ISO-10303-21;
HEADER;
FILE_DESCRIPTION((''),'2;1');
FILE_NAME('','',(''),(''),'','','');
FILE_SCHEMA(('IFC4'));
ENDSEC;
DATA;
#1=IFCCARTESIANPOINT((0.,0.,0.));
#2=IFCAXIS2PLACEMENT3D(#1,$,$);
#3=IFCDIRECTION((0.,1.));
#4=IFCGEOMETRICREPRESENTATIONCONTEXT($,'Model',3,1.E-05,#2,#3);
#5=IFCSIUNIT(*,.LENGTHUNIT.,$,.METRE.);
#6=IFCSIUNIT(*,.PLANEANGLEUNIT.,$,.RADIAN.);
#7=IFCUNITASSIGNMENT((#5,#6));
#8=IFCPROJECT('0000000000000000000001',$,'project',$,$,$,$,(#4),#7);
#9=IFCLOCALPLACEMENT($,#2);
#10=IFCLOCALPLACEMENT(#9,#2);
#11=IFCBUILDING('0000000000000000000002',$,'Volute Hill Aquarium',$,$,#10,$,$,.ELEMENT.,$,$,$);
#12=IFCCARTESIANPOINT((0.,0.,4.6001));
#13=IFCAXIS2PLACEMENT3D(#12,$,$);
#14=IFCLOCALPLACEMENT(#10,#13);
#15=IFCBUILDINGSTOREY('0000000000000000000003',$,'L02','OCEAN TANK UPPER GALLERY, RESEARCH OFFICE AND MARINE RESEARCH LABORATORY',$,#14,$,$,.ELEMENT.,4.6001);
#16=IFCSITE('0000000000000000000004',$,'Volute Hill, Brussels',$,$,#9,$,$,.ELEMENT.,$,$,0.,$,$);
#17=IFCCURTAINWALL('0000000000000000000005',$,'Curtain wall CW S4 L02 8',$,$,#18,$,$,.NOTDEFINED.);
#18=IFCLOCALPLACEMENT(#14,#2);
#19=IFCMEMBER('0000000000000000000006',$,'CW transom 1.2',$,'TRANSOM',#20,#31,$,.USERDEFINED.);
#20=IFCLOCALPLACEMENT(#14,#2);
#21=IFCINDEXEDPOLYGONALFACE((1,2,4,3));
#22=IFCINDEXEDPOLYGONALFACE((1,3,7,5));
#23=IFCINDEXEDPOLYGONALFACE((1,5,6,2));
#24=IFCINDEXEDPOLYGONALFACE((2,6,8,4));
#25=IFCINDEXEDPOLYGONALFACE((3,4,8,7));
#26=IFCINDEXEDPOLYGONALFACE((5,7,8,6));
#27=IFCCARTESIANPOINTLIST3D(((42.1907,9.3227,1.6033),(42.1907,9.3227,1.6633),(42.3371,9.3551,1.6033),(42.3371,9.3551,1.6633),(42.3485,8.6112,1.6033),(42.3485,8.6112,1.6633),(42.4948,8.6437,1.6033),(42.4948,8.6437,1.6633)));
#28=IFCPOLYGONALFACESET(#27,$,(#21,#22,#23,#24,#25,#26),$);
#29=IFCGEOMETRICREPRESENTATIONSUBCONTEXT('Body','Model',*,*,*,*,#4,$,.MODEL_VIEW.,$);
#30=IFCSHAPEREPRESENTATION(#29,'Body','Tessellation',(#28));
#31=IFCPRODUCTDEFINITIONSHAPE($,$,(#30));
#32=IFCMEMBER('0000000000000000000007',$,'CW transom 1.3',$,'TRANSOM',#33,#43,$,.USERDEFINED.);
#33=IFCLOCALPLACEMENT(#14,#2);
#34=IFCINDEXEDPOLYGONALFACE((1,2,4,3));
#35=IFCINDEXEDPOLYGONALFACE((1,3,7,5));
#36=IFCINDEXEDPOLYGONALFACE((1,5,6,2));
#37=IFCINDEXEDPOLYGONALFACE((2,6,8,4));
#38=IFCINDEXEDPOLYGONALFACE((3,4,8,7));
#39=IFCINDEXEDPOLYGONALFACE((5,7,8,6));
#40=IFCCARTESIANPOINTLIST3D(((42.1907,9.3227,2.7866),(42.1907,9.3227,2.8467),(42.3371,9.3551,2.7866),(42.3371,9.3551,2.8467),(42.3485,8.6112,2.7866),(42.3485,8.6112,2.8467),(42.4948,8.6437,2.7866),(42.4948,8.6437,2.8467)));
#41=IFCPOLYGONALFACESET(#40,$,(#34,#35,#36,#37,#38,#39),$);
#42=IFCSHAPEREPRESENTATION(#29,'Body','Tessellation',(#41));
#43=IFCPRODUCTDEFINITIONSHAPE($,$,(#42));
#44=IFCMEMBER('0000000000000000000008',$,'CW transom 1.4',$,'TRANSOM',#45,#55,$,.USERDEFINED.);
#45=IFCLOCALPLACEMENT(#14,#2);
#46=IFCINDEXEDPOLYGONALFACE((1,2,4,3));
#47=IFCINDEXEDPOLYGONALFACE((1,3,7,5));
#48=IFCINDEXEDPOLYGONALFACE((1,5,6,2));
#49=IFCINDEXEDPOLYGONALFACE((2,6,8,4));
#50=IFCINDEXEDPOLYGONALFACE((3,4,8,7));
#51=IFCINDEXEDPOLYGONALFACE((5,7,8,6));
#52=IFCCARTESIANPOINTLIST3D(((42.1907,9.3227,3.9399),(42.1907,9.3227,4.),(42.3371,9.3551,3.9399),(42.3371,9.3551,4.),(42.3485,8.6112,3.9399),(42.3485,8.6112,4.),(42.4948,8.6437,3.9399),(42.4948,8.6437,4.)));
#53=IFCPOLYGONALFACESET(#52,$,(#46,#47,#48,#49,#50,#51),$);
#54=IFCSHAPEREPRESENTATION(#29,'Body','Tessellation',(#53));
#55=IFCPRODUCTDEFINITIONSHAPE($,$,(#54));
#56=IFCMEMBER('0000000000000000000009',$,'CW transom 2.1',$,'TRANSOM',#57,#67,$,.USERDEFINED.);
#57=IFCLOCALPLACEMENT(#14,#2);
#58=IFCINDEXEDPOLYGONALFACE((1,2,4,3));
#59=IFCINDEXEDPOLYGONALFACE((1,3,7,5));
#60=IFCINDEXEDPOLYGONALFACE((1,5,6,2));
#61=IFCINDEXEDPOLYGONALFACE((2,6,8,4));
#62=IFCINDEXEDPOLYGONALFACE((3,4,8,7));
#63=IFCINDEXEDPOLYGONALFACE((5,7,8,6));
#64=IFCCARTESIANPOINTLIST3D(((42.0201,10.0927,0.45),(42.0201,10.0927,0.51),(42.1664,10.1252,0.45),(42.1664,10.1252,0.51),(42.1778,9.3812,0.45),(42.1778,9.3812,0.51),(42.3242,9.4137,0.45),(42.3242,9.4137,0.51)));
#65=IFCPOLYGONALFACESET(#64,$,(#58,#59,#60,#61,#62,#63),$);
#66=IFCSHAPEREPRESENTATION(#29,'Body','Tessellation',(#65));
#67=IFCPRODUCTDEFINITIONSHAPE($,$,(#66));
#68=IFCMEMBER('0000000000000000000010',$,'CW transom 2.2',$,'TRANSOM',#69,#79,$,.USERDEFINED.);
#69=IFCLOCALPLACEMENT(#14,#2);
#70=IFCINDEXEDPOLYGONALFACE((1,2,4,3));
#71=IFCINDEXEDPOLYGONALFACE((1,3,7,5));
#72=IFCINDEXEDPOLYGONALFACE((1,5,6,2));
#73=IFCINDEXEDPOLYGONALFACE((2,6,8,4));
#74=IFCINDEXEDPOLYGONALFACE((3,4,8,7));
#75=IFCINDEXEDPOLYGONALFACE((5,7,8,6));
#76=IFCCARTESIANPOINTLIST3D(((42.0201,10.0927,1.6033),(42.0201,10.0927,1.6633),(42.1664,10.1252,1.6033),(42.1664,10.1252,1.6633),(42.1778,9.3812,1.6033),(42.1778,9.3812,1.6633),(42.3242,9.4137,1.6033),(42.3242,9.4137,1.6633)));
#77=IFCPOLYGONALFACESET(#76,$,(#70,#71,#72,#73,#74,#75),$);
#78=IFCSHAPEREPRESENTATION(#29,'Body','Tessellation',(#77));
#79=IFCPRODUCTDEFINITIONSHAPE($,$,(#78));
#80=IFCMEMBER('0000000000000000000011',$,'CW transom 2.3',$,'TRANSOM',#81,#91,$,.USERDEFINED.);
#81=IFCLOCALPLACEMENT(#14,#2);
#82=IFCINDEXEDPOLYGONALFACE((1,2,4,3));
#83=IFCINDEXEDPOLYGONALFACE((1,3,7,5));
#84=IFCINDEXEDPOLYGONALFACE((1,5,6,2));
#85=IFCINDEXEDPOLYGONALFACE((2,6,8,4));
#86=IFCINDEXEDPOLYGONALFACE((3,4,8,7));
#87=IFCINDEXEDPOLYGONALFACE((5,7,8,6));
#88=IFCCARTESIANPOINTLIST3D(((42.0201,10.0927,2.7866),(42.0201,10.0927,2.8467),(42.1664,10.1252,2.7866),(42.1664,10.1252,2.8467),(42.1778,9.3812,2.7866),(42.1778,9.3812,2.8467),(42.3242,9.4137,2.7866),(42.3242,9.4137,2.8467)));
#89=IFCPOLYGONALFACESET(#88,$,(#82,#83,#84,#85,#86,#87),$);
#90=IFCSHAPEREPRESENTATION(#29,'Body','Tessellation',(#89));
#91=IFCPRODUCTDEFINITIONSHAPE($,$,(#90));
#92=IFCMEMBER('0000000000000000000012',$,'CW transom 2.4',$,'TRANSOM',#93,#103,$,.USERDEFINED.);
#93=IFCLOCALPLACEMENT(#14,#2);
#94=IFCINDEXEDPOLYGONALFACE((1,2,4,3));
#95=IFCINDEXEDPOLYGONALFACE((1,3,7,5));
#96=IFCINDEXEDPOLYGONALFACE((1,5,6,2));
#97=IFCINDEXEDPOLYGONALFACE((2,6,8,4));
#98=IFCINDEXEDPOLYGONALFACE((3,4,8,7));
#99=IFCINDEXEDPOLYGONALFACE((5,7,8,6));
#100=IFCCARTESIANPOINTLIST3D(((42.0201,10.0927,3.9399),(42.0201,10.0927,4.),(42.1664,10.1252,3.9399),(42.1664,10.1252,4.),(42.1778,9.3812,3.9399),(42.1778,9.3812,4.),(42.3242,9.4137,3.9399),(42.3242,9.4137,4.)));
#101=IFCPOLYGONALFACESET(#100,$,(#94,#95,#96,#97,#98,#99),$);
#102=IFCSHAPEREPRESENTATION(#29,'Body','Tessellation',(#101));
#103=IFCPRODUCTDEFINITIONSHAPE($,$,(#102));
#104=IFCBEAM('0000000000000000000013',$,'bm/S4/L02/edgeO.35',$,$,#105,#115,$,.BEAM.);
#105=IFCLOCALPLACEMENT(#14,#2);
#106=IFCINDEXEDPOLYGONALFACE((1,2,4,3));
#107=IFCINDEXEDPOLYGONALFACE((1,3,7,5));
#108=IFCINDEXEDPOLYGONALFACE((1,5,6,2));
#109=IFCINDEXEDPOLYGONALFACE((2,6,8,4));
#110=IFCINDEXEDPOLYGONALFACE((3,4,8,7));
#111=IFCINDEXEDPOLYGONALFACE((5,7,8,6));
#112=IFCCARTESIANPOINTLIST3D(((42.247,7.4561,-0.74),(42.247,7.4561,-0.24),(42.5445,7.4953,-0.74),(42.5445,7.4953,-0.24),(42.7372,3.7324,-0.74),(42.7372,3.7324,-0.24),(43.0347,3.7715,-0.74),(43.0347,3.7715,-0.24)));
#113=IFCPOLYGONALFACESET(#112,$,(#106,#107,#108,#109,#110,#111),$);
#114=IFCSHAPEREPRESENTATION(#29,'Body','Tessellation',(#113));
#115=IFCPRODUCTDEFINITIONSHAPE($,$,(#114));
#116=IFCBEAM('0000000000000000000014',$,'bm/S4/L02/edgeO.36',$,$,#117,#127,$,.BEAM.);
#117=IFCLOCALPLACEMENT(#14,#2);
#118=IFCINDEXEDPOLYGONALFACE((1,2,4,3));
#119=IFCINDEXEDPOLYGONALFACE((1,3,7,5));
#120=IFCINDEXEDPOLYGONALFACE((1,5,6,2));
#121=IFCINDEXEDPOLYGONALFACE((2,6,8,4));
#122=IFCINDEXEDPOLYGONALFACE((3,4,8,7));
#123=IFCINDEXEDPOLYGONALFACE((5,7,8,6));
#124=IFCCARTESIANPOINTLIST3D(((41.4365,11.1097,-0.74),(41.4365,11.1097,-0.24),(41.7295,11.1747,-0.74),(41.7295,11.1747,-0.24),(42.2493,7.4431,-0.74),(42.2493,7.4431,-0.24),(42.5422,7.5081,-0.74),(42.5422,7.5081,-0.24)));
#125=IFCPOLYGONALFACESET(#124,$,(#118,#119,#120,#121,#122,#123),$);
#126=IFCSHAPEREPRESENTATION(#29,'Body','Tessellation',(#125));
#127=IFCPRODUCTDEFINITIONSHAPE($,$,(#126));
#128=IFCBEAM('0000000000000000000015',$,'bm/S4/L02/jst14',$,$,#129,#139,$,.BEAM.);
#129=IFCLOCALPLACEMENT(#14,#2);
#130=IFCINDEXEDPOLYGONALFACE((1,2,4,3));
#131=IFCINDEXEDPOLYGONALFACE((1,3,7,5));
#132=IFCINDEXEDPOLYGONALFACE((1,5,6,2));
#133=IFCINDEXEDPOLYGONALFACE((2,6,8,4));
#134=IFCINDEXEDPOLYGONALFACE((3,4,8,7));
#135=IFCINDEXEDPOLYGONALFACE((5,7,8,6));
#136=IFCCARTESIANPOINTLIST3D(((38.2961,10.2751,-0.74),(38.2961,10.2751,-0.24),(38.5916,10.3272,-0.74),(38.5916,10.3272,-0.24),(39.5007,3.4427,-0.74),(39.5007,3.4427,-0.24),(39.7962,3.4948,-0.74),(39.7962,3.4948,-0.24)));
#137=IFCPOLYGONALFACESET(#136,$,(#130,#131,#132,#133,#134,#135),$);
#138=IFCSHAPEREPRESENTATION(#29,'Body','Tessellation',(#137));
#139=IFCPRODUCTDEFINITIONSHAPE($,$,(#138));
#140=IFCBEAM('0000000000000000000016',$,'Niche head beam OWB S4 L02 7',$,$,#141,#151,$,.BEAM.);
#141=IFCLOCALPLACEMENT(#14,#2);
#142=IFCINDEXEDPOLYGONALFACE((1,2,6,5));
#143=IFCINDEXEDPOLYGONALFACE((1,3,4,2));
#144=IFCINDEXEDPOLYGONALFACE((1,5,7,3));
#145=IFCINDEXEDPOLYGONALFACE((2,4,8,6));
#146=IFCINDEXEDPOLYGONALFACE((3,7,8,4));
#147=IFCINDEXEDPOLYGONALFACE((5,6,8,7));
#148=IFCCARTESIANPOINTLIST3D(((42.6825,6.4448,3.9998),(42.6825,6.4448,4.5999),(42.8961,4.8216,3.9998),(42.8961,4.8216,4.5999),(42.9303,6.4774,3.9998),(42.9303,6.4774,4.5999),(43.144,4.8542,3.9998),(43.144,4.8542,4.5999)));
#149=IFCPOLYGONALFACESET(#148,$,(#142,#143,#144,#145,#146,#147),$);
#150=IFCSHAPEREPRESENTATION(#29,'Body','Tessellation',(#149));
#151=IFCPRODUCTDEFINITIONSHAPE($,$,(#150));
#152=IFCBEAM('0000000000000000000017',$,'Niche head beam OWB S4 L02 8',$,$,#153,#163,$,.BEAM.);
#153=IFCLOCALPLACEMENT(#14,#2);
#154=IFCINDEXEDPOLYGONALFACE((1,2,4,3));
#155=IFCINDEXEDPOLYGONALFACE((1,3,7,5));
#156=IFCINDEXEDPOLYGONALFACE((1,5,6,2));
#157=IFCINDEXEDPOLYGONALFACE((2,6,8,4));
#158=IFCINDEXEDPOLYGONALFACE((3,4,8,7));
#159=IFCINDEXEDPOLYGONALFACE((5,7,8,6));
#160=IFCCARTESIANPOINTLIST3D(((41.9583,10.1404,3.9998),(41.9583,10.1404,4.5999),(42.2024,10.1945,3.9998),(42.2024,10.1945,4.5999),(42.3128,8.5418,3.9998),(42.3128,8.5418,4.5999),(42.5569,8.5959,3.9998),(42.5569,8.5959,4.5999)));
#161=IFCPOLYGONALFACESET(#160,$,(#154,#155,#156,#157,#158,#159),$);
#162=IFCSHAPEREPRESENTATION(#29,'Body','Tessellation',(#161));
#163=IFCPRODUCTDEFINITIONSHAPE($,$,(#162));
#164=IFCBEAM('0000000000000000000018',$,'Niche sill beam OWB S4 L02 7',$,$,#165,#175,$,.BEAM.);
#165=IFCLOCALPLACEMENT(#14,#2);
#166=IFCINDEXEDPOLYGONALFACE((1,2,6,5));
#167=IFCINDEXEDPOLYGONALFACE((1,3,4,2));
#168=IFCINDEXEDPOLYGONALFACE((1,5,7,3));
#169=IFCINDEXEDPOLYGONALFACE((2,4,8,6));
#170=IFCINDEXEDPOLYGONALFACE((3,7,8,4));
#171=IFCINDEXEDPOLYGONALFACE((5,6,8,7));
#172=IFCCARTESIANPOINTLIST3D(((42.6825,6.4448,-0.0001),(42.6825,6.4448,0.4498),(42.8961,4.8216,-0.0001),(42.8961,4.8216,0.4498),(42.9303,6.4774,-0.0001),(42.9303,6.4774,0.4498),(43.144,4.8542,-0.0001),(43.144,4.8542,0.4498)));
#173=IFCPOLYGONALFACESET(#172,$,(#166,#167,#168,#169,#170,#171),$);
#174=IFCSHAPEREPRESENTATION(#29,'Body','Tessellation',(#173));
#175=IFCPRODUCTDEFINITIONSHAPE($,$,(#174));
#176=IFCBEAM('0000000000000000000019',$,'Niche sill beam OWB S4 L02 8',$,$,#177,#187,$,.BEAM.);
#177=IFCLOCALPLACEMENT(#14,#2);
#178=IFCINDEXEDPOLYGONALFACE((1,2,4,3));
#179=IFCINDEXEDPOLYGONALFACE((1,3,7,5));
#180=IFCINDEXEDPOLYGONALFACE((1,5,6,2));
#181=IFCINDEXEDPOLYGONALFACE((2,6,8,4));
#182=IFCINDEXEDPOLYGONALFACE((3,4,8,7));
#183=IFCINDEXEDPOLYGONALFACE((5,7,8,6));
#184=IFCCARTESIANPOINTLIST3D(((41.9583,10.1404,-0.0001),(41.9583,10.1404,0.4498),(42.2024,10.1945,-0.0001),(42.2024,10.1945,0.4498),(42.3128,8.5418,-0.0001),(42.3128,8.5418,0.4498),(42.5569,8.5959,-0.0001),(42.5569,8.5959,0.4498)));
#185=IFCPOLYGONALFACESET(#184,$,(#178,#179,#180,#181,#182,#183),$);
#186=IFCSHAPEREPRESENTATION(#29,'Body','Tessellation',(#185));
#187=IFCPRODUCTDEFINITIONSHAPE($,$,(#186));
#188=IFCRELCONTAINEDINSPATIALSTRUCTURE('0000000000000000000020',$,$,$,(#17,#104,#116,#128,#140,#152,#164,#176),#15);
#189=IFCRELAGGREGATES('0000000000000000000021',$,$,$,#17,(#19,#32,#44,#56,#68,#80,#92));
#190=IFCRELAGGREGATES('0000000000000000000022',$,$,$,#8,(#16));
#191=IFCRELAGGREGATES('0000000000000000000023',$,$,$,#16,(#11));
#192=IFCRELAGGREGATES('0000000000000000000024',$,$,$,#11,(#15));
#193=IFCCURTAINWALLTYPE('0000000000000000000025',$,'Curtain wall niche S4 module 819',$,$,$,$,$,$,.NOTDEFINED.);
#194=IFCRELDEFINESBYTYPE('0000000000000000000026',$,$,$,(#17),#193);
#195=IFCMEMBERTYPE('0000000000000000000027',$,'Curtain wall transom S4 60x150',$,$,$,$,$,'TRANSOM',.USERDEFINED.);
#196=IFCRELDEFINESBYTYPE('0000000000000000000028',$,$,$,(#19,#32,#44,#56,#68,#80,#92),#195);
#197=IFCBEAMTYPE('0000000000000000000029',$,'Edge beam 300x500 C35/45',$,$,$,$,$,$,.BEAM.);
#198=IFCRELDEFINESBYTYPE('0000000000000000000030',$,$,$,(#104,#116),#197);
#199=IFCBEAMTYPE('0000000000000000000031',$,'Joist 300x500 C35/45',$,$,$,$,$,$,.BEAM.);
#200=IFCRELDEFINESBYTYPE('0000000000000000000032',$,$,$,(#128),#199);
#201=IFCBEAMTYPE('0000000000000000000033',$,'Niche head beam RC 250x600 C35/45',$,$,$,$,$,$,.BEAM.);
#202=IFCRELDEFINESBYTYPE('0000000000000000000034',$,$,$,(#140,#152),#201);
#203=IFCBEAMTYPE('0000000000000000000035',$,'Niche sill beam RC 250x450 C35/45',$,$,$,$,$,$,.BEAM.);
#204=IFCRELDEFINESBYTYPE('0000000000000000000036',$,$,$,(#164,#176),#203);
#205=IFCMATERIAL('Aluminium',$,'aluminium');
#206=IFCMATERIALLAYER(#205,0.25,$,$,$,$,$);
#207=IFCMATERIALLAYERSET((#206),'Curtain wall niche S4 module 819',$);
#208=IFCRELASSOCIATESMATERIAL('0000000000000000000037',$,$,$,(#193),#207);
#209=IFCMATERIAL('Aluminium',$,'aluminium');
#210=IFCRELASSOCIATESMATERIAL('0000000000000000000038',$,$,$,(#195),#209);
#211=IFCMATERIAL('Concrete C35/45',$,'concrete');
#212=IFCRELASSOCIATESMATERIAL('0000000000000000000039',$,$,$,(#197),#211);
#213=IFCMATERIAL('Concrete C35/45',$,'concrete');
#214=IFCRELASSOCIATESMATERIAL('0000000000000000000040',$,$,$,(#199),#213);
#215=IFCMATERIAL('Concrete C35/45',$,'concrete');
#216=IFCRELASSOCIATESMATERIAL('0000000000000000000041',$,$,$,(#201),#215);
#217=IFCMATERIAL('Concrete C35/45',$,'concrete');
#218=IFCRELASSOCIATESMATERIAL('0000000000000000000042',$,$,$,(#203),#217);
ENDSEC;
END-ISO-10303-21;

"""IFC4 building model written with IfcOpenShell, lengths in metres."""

from ifc_helpers import new_model, si_unit, direction, frame, origin, origin_2d, place, context, subcontext, project, spatial, rectangle, extrude, material, layer, layer_set, material_profile, profile_set, type_object, element, aggregate, save


model = new_model("IFC4")

# Units and contexts
model_context = context("Model", 3, precision=1e-05, world=origin(), true_north=direction((0.0, 1.0)))
body_context = subcontext(model_context, "Body", "Model", "MODEL_VIEW")
ifc_project = project(units=[si_unit("LENGTHUNIT", "METRE"), si_unit("PLANEANGLEUNIT", "RADIAN")], contexts=[model_context])

# Site, building, storey
site_placement = place(None, origin())
site = spatial("IfcSite", under=ifc_project, at=site_placement, Name="Volute Hill, Brussels", CompositionType="ELEMENT", RefElevation=0.0)
building_placement = place(site_placement, origin())
building = spatial("IfcBuilding", under=site, at=building_placement, Name="Volute Hill Aquarium", CompositionType="ELEMENT")
storey_placement = place(building_placement, frame((0.0, 0.0, 4.6001)))
storey = spatial("IfcBuildingStorey", under=building, at=storey_placement, Name="L02", Description="OCEAN TANK UPPER GALLERY, RESEARCH OFFICE AND MARINE RESEARCH LABORATORY", CompositionType="ELEMENT", Elevation=4.6001)

# Curtain wall
ifc_material_1 = material(Name="Aluminium", Category="aluminium")
ifc_layer_1 = layer(ifc_material_1, 0.25)
ifc_layer_set_1 = layer_set([ifc_layer_1], Name="Curtain wall niche S4 module 819")
curtain_wall_type = type_object("IfcCurtainWallType", Name="Curtain wall niche S4 module 819", PredefinedType="NOTDEFINED", material=ifc_layer_set_1)
curtain_wall_1_placement = place(storey_placement, origin())
curtain_wall_1 = element("IfcCurtainWall", 1, at=curtain_wall_1_placement, inside=storey, type_object=curtain_wall_type, Name="Curtain wall CW S4 L02 8", PredefinedType="NOTDEFINED")

# Members
ifc_material_2 = material(Name="Aluminium", Category="aluminium")
ifc_material_profile_1 = material_profile(ifc_material_2, rectangle(XDim=0.1499, YDim=0.0601, at=origin_2d()), Name="Curtain wall transom S4 60x150")
ifc_profile_set_1 = profile_set([ifc_material_profile_1], Name="Aluminium")
member_type_1 = type_object("IfcMemberType", Name="Curtain wall transom S4 60x150", ElementType="TRANSOM", PredefinedType="USERDEFINED", material=ifc_profile_set_1)
member_1_placement = place(storey_placement, frame((42.4216, 8.6274, 1.6333), z_axis=(-0.216434, 0.976297, 0.0), x_axis=(-0.976297, -0.216434, 0.0)))
member_1 = element("IfcMember", 2, at=member_1_placement, type_object=member_type_1, Name="CW transom 1.2", ObjectType="TRANSOM", PredefinedType="USERDEFINED", context=body_context, shape_type="SweptSolid", body=[
    extrude(rectangle(XDim=0.1499, YDim=0.0601, at=origin_2d()), origin(), (0.0, 0.0, 1.0), 0.7288),
])
member_2_placement = place(storey_placement, frame((42.4216, 8.6274, 2.8167), z_axis=(-0.216434, 0.976297, 0.0), x_axis=(-0.976297, -0.216434, 0.0)))
member_2 = element("IfcMember", 3, at=member_2_placement, type_object=member_type_1, Name="CW transom 1.3", ObjectType="TRANSOM", PredefinedType="USERDEFINED", context=body_context, shape_type="SweptSolid", body=[
    extrude(rectangle(XDim=0.1499, YDim=0.0601, at=origin_2d()), origin(), (0.0, 0.0, 1.0), 0.7288),
])
member_3_placement = place(storey_placement, frame((42.4216, 8.6274, 3.97), z_axis=(-0.216434, 0.976297, 0.0), x_axis=(-0.976297, -0.216434, 0.0)))
member_3 = element("IfcMember", 4, at=member_3_placement, type_object=member_type_1, Name="CW transom 1.4", ObjectType="TRANSOM", PredefinedType="USERDEFINED", context=body_context, shape_type="SweptSolid", body=[
    extrude(rectangle(XDim=0.1499, YDim=0.0601, at=origin_2d()), origin(), (0.0, 0.0, 1.0), 0.7288),
])
member_4_placement = place(storey_placement, frame((42.251, 9.3975, 0.48), z_axis=(-0.216434, 0.976297, 0.0), x_axis=(-0.976297, -0.216434, 0.0)))
member_4 = element("IfcMember", 5, at=member_4_placement, type_object=member_type_1, Name="CW transom 2.1", ObjectType="TRANSOM", PredefinedType="USERDEFINED", context=body_context, shape_type="SweptSolid", body=[
    extrude(rectangle(XDim=0.1499, YDim=0.0601, at=origin_2d()), origin(), (0.0, 0.0, 1.0), 0.7288),
])
member_5_placement = place(storey_placement, frame((42.251, 9.3975, 1.6333), z_axis=(-0.216434, 0.976297, 0.0), x_axis=(-0.976297, -0.216434, 0.0)))
member_5 = element("IfcMember", 6, at=member_5_placement, type_object=member_type_1, Name="CW transom 2.2", ObjectType="TRANSOM", PredefinedType="USERDEFINED", context=body_context, shape_type="SweptSolid", body=[
    extrude(rectangle(XDim=0.1499, YDim=0.0601, at=origin_2d()), origin(), (0.0, 0.0, 1.0), 0.7288),
])
member_6_placement = place(storey_placement, frame((42.251, 9.3975, 2.8167), z_axis=(-0.216434, 0.976297, 0.0), x_axis=(-0.976297, -0.216434, 0.0)))
member_6 = element("IfcMember", 7, at=member_6_placement, type_object=member_type_1, Name="CW transom 2.3", ObjectType="TRANSOM", PredefinedType="USERDEFINED", context=body_context, shape_type="SweptSolid", body=[
    extrude(rectangle(XDim=0.1499, YDim=0.0601, at=origin_2d()), origin(), (0.0, 0.0, 1.0), 0.7288),
])
member_7_placement = place(storey_placement, frame((42.251, 9.3975, 3.97), z_axis=(-0.216434, 0.976297, 0.0), x_axis=(-0.976297, -0.216434, 0.0)))
member_7 = element("IfcMember", 8, at=member_7_placement, type_object=member_type_1, Name="CW transom 2.4", ObjectType="TRANSOM", PredefinedType="USERDEFINED", context=body_context, shape_type="SweptSolid", body=[
    extrude(rectangle(XDim=0.1499, YDim=0.0601, at=origin_2d()), origin(), (0.0, 0.0, 1.0), 0.7288),
])

# Beams
ifc_material_3 = material(Name="Concrete C35/45", Category="concrete")
ifc_material_profile_2 = material_profile(ifc_material_3, rectangle(XDim=0.3, YDim=0.5, at=origin_2d()), Name="RC edge beam 300x500")
ifc_profile_set_2 = profile_set([ifc_material_profile_2], Name="Concrete C35/45")
beam_type_1 = type_object("IfcBeamType", Name="Edge beam 300x500 C35/45", PredefinedType="BEAM", material=ifc_profile_set_2)
beam_1_placement = place(storey_placement, frame((42.886, 3.752, -0.49), z_axis=(-0.130528, 0.991445, 0.0), x_axis=(-0.991445, -0.130528, 0.0)))
element("IfcBeam", 9, at=beam_1_placement, inside=storey, type_object=beam_type_1, Name="bm/S4/L02/edgeO.35", PredefinedType="BEAM", context=body_context, shape_type="SweptSolid", body=[
    extrude(rectangle(XDim=0.3, YDim=0.5, at=origin_2d()), origin(), (0.0, 0.0, 1.0), 3.7559),
])
beam_2_placement = place(storey_placement, frame((42.3958, 7.4756, -0.49), z_axis=(-0.216414, 0.976302, 0.0), x_axis=(-0.976302, -0.216414, 0.0)))
element("IfcBeam", 10, at=beam_2_placement, inside=storey, type_object=beam_type_1, Name="bm/S4/L02/edgeO.36", PredefinedType="BEAM", context=body_context, shape_type="SweptSolid", body=[
    extrude(rectangle(XDim=0.3, YDim=0.5, at=origin_2d()), origin(), (0.0, 0.0, 1.0), 3.7556),
])
ifc_material_4 = material(Name="Concrete C35/45", Category="concrete")
ifc_material_profile_3 = material_profile(ifc_material_4, rectangle(XDim=0.3, YDim=0.5, at=origin_2d()), Name="RC joist 300x500")
ifc_profile_set_3 = profile_set([ifc_material_profile_3], Name="Concrete C35/45")
beam_type_2 = type_object("IfcBeamType", Name="Joist 300x500 C35/45", PredefinedType="BEAM", material=ifc_profile_set_3)
beam_3_placement = place(storey_placement, frame((39.6484, 3.4688, -0.49), z_axis=(-0.173631, 0.984811, 0.0), x_axis=(-0.984811, -0.173631, 0.0)))
element("IfcBeam", 11, at=beam_3_placement, inside=storey, type_object=beam_type_2, Name="bm/S4/L02/jst14", PredefinedType="BEAM", context=body_context, shape_type="SweptSolid", body=[
    extrude(rectangle(XDim=0.3, YDim=0.5, at=origin_2d()), origin(), (0.0, 0.0, 1.0), 6.9377),
])
ifc_material_5 = material(Name="Concrete C35/45", Category="concrete")
ifc_material_profile_4 = material_profile(ifc_material_5, rectangle(XDim=0.25, YDim=0.6001, at=origin_2d()), Name="RC beam 250x600")
ifc_profile_set_4 = profile_set([ifc_material_profile_4], Name="Concrete C35/45")
beam_type_3 = type_object("IfcBeamType", Name="Niche head beam RC 250x600 C35/45", PredefinedType="BEAM", material=ifc_profile_set_4)
beam_4_placement = place(storey_placement, frame((43.02, 4.8379, 4.2998), z_axis=(-0.130474, 0.991452, 0.0), x_axis=(-0.991452, -0.130474, 0.0)))
element("IfcBeam", 12, at=beam_4_placement, inside=storey, type_object=beam_type_3, Name="Niche head beam OWB S4 L02 7", PredefinedType="BEAM", context=body_context, shape_type="SweptSolid", body=[
    extrude(rectangle(XDim=0.25, YDim=0.6001, at=origin_2d()), origin(), (0.0, 0.0, 1.0), 1.6372),
])
beam_5_placement = place(storey_placement, frame((42.4348, 8.5688, 4.2998), z_axis=(-0.216488, 0.976285, 0.0), x_axis=(-0.976285, -0.216488, 0.0)))
element("IfcBeam", 13, at=beam_5_placement, inside=storey, type_object=beam_type_3, Name="Niche head beam OWB S4 L02 8", PredefinedType="BEAM", context=body_context, shape_type="SweptSolid", body=[
    extrude(rectangle(XDim=0.25, YDim=0.6001, at=origin_2d()), origin(), (0.0, 0.0, 1.0), 1.6375),
])
ifc_material_6 = material(Name="Concrete C35/45", Category="concrete")
ifc_material_profile_5 = material_profile(ifc_material_6, rectangle(XDim=0.25, YDim=0.45, at=origin_2d()), Name="RC beam 250x450")
ifc_profile_set_5 = profile_set([ifc_material_profile_5], Name="Concrete C35/45")
beam_type_4 = type_object("IfcBeamType", Name="Niche sill beam RC 250x450 C35/45", PredefinedType="BEAM", material=ifc_profile_set_5)
beam_6_placement = place(storey_placement, frame((43.02, 4.8379, 0.2249), z_axis=(-0.130474, 0.991452, 0.0), x_axis=(-0.991452, -0.130474, 0.0)))
element("IfcBeam", 14, at=beam_6_placement, inside=storey, type_object=beam_type_4, Name="Niche sill beam OWB S4 L02 7", PredefinedType="BEAM", context=body_context, shape_type="SweptSolid", body=[
    extrude(rectangle(XDim=0.25, YDim=0.45, at=origin_2d()), origin(), (0.0, 0.0, 1.0), 1.6372),
])
beam_7_placement = place(storey_placement, frame((42.4348, 8.5688, 0.2249), z_axis=(-0.216488, 0.976285, 0.0), x_axis=(-0.976285, -0.216488, 0.0)))
element("IfcBeam", 15, at=beam_7_placement, inside=storey, type_object=beam_type_4, Name="Niche sill beam OWB S4 L02 8", PredefinedType="BEAM", context=body_context, shape_type="SweptSolid", body=[
    extrude(rectangle(XDim=0.25, YDim=0.45, at=origin_2d()), origin(), (0.0, 0.0, 1.0), 1.6375),
])

aggregate(curtain_wall_1, [member_1, member_2, member_3, member_4, member_5, member_6, member_7])

save(model, "model.ifc")
